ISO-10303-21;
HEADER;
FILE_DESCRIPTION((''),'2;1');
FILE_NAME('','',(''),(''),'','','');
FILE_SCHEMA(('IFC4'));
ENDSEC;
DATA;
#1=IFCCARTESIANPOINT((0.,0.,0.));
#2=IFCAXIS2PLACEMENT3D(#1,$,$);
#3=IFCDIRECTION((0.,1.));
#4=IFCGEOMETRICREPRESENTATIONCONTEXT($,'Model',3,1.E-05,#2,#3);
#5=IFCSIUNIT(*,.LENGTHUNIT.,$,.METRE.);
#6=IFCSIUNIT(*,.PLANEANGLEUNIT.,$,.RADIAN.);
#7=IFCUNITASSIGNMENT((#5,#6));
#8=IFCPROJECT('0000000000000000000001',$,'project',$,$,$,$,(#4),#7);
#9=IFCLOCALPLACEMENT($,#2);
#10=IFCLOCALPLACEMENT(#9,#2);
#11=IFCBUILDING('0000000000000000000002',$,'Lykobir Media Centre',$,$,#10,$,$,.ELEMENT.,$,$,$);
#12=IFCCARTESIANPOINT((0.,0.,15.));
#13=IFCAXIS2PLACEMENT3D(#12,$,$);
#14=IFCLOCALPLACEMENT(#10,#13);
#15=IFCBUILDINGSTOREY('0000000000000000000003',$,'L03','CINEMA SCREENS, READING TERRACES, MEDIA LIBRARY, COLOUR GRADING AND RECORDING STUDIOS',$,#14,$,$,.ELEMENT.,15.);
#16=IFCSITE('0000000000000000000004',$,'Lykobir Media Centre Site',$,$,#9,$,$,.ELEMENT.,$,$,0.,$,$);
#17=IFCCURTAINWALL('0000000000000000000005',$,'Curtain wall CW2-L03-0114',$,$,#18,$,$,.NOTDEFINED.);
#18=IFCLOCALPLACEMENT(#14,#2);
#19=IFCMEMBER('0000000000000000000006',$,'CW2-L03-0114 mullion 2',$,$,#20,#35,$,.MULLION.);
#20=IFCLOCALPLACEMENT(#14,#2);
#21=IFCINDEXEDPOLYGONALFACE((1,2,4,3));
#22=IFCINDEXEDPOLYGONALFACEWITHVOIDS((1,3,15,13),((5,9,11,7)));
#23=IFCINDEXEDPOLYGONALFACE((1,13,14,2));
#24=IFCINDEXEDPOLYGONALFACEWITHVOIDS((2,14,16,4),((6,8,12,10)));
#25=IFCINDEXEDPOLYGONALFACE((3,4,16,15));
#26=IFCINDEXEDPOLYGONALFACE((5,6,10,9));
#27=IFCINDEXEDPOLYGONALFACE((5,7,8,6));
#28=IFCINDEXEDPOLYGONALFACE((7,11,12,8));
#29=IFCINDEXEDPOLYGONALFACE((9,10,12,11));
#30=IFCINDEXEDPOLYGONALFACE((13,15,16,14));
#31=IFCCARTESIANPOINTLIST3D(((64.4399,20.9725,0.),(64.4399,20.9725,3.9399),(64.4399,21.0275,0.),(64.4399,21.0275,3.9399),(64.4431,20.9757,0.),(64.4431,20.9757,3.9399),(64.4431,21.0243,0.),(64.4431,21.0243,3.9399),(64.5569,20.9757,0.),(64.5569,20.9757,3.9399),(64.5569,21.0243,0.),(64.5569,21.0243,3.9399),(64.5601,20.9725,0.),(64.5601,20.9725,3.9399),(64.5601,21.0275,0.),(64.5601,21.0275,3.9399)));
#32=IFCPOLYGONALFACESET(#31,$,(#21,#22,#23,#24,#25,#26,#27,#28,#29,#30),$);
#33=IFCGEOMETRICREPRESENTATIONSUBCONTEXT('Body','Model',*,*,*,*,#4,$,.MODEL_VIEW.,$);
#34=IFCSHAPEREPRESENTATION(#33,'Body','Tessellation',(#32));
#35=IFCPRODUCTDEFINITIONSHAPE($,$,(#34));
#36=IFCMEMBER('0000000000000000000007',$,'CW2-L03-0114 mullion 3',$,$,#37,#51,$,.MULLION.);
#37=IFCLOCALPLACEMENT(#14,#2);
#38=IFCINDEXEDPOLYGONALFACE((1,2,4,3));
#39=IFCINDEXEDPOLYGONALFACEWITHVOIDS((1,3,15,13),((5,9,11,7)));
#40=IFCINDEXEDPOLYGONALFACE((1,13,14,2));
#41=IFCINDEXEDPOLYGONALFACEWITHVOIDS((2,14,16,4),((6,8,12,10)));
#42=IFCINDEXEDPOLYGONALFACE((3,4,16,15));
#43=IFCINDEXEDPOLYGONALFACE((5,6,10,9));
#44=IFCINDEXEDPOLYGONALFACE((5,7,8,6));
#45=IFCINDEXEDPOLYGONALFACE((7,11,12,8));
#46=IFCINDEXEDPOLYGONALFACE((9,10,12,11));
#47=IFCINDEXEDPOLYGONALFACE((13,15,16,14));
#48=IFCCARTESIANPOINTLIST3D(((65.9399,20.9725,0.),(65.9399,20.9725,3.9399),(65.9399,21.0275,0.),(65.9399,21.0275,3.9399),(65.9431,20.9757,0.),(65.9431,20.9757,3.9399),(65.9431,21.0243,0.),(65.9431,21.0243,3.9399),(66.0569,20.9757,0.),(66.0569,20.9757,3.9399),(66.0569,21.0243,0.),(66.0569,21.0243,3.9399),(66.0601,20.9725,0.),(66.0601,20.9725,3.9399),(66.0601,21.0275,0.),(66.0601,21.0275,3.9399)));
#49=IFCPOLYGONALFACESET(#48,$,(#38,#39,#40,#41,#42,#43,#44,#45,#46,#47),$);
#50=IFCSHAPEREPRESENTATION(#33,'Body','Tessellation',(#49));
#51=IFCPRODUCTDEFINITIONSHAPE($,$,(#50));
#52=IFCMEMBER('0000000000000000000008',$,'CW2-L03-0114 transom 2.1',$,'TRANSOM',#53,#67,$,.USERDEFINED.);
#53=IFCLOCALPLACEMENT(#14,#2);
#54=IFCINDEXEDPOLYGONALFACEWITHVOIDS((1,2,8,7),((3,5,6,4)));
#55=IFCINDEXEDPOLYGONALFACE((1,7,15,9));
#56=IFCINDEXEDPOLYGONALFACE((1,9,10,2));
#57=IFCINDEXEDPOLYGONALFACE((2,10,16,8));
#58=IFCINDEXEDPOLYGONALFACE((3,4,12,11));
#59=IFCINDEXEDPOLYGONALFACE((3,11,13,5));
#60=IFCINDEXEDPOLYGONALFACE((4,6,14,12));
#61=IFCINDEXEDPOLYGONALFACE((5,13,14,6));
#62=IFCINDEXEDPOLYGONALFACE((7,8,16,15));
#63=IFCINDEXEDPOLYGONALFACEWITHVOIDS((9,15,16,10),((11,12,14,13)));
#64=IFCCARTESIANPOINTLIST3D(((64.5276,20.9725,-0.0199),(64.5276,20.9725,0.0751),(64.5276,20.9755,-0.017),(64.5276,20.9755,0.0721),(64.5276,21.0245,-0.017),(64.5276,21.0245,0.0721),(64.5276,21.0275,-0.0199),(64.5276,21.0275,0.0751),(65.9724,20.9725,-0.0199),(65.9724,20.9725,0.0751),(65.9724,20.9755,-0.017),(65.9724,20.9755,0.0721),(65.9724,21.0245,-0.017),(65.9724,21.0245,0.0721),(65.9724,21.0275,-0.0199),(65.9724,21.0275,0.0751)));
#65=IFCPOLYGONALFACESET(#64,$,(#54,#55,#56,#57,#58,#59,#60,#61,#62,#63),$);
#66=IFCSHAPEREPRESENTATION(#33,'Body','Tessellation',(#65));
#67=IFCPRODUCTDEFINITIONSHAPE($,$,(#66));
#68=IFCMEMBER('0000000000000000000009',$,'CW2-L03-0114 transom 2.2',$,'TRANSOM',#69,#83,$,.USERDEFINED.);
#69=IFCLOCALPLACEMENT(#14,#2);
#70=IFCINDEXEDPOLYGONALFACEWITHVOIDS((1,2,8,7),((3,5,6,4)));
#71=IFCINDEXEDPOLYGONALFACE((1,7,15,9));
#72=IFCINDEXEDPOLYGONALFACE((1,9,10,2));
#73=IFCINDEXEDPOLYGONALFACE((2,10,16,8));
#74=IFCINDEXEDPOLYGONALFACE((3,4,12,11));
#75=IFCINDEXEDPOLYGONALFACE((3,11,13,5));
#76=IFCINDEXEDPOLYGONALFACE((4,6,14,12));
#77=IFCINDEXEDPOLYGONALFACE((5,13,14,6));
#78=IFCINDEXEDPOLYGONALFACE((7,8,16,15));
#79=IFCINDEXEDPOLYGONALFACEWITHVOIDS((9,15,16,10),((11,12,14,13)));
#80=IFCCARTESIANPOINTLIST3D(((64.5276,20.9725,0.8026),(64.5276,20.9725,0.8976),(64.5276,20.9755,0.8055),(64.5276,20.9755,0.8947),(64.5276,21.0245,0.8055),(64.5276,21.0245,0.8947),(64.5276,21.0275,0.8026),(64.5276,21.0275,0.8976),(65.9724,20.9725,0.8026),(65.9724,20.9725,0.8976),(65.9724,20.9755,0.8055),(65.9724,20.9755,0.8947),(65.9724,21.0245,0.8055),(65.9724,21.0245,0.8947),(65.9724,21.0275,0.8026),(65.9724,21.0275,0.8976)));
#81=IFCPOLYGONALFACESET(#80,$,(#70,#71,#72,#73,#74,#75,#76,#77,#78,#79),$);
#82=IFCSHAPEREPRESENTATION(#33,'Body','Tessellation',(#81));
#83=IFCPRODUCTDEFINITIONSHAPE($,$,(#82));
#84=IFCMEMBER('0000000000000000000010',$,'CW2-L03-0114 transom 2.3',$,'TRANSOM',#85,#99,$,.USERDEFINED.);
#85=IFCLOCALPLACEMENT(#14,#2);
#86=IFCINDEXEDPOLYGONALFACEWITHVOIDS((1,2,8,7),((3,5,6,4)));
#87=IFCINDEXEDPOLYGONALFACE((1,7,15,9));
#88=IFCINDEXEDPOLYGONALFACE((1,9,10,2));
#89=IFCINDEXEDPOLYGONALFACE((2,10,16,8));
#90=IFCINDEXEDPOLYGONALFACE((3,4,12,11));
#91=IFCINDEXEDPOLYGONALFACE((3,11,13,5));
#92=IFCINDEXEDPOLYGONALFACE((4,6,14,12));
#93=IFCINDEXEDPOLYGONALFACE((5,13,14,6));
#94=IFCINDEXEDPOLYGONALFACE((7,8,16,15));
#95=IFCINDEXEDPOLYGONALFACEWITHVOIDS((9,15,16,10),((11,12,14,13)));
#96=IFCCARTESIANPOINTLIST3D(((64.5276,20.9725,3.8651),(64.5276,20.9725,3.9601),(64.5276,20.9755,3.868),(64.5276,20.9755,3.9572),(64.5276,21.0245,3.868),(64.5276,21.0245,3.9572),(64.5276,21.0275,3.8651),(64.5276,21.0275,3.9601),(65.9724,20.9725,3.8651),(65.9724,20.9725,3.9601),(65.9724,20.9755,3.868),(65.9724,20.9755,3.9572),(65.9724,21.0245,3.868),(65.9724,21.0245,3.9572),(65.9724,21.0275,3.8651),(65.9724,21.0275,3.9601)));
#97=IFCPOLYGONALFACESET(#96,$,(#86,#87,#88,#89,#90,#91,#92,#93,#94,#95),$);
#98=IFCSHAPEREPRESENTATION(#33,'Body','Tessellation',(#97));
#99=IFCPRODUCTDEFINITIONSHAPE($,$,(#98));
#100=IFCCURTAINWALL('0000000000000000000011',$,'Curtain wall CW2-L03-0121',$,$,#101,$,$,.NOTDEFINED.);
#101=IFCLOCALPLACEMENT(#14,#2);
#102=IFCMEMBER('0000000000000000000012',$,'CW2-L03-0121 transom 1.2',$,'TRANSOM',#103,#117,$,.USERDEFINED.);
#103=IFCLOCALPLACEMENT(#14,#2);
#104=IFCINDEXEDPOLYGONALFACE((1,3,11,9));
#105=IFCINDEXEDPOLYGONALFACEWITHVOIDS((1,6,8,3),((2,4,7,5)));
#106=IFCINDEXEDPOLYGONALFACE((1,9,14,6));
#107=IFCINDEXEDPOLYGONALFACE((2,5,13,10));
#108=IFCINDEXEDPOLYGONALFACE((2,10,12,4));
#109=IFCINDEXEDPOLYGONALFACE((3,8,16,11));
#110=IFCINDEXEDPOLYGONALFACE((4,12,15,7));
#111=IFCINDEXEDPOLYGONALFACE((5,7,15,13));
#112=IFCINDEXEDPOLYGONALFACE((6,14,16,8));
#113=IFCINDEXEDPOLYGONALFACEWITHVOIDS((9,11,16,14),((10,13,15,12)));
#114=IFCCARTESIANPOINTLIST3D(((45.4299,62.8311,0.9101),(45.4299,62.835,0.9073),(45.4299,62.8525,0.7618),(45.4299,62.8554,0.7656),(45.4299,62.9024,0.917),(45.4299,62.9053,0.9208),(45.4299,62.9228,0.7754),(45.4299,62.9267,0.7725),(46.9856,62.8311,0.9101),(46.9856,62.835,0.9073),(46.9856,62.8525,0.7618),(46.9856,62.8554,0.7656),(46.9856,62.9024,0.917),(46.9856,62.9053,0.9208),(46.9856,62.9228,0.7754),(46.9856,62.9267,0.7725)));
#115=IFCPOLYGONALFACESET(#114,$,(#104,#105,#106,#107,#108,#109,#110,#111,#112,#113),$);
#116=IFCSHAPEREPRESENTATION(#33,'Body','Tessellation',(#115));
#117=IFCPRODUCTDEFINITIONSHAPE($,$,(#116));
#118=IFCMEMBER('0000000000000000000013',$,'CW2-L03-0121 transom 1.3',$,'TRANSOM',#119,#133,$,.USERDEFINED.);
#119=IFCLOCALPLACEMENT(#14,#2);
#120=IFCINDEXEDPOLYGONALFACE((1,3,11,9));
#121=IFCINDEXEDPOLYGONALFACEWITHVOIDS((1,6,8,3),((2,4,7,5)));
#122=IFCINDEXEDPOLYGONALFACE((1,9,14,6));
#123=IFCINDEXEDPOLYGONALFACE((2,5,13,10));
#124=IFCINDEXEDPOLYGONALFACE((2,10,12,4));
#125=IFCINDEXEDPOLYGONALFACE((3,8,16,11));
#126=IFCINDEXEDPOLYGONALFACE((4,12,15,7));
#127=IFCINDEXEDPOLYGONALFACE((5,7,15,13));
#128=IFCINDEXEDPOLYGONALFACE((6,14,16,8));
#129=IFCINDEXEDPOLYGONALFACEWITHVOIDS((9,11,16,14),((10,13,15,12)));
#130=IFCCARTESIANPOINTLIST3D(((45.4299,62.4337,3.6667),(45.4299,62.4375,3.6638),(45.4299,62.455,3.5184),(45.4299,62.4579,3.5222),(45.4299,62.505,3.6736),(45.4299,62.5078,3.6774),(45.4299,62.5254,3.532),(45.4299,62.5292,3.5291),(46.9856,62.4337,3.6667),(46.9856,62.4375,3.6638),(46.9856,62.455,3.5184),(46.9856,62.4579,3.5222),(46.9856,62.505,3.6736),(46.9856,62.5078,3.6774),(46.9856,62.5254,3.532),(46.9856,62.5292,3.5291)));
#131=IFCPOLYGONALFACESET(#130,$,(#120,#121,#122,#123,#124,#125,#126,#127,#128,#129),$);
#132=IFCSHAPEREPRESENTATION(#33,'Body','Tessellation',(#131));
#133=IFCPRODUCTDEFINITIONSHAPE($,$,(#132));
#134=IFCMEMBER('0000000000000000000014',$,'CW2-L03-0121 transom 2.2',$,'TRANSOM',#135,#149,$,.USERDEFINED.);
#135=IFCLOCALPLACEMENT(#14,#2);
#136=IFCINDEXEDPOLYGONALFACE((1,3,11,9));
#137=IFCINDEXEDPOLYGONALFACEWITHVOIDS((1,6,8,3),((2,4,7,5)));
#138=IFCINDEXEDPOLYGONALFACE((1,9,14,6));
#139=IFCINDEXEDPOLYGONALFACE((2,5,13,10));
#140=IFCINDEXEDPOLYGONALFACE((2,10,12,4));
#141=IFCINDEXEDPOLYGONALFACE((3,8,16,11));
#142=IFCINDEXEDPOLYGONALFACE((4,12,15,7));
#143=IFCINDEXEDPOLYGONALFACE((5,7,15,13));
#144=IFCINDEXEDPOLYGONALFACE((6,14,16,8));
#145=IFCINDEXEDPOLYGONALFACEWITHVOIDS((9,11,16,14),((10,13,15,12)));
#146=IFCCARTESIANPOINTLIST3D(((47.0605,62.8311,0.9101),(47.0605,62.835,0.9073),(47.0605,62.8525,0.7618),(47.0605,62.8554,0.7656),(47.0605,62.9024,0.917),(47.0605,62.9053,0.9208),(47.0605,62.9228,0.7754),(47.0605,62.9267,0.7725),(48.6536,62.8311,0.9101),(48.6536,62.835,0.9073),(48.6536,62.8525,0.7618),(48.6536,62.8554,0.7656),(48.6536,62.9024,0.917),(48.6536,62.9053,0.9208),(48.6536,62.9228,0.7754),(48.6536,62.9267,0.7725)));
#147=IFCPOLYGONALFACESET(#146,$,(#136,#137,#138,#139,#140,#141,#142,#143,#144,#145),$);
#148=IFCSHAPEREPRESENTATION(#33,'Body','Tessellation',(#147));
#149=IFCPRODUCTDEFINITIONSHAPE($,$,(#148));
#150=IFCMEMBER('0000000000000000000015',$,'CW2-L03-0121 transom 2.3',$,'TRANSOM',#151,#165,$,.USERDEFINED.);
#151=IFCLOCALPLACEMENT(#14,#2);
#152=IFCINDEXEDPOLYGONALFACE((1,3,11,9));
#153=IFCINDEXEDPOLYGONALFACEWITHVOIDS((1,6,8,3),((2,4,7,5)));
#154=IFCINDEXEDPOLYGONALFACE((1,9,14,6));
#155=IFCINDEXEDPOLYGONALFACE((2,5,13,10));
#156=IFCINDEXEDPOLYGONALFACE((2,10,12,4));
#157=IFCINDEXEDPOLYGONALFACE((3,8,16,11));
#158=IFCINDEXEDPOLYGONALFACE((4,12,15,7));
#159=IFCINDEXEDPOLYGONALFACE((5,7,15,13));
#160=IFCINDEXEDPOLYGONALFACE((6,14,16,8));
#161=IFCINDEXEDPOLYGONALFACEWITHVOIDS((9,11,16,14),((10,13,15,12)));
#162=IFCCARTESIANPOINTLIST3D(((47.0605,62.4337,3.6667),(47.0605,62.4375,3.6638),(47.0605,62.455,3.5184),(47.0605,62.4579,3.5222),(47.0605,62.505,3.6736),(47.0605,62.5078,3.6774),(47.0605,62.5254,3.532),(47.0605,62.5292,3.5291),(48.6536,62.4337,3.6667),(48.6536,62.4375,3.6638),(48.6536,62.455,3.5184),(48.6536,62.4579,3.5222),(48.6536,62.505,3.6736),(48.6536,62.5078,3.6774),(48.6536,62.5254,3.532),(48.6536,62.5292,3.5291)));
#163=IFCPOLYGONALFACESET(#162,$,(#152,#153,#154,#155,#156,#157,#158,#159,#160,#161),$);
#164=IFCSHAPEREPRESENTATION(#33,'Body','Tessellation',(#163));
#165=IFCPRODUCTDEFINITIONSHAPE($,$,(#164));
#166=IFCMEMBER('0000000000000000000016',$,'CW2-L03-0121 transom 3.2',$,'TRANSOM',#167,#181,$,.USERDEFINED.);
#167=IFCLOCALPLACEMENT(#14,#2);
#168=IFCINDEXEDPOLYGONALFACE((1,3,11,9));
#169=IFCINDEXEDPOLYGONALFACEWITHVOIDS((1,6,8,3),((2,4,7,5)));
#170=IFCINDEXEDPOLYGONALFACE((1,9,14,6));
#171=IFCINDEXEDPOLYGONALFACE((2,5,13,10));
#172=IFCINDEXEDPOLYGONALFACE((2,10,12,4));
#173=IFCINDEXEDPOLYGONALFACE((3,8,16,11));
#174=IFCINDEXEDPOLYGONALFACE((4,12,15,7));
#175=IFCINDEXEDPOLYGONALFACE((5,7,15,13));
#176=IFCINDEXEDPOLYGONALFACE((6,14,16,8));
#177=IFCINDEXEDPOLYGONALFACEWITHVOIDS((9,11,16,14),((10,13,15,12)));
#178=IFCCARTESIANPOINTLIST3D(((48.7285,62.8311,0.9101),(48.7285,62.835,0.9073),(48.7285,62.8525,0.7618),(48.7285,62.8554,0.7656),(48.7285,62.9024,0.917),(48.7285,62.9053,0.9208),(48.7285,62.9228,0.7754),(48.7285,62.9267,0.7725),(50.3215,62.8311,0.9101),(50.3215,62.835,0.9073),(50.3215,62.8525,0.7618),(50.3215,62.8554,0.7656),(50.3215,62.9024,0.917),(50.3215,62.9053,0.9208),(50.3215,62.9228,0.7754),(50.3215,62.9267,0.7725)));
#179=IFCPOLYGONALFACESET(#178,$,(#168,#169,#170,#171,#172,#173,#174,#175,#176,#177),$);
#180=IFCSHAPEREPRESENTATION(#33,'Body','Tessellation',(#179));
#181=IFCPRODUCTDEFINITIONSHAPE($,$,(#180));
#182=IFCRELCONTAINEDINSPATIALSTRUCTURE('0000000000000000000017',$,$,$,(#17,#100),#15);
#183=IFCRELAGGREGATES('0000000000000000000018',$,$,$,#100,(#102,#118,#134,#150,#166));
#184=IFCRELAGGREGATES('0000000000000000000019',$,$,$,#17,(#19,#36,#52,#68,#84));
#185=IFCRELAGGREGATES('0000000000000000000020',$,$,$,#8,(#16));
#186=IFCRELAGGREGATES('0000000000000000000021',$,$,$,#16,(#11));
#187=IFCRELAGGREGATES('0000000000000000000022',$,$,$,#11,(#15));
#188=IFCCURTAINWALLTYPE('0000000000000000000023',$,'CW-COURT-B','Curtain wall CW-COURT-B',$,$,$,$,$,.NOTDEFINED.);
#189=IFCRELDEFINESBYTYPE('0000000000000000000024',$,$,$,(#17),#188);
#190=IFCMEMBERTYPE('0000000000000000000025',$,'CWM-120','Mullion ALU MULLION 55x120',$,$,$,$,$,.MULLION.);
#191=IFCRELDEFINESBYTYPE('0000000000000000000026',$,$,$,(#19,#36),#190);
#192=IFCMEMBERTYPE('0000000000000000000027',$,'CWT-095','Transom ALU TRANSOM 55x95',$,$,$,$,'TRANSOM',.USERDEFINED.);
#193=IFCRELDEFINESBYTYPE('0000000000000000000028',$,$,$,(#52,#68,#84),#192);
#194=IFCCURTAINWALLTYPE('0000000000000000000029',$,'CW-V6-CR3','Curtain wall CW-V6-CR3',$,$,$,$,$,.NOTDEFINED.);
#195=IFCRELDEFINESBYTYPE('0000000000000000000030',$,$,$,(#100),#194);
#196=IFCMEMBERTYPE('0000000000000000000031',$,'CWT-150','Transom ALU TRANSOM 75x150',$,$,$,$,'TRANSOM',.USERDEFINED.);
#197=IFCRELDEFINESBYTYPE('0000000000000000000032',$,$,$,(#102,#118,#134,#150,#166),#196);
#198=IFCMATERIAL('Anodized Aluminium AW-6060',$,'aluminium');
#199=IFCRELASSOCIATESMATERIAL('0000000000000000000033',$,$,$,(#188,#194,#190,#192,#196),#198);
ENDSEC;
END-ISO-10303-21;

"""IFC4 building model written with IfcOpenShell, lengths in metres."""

from ifc_helpers import new_model, si_unit, direction, frame, origin, origin_2d, place, context, subcontext, project, spatial, hollow_rectangle, extrude, material, material_profile, profile_set, type_object, element, aggregate, save


model = new_model("IFC4")

# Units and contexts
model_context = context("Model", 3, precision=1e-05, world=origin(), true_north=direction((0.0, 1.0)))
body_context = subcontext(model_context, "Body", "Model", "MODEL_VIEW")
ifc_project = project(units=[si_unit("LENGTHUNIT", "METRE"), si_unit("PLANEANGLEUNIT", "RADIAN")], contexts=[model_context])

# Site, building, storey
site_placement = place(None, origin())
site = spatial("IfcSite", under=ifc_project, at=site_placement, Name="Lykobir Media Centre Site", CompositionType="ELEMENT", RefElevation=0.0)
building_placement = place(site_placement, origin())
building = spatial("IfcBuilding", under=site, at=building_placement, Name="Lykobir Media Centre", CompositionType="ELEMENT")
storey_placement = place(building_placement, frame((0.0, 0.0, 15.0)))
storey = spatial("IfcBuildingStorey", under=building, at=storey_placement, Name="L03", Description="CINEMA SCREENS, READING TERRACES, MEDIA LIBRARY, COLOUR GRADING AND RECORDING STUDIOS", CompositionType="ELEMENT", Elevation=15.0)

# Curtain walls, members
ifc_material_1 = material(Name="Anodized Aluminium AW-6060", Category="aluminium")
curtain_wall_type_1 = type_object("IfcCurtainWallType", Name="CW-COURT-B", Description="Curtain wall CW-COURT-B", PredefinedType="NOTDEFINED", material=ifc_material_1)
curtain_wall_1_placement = place(storey_placement, origin())
curtain_wall_1 = element("IfcCurtainWall", 1, at=curtain_wall_1_placement, inside=storey, type_object=curtain_wall_type_1, Name="Curtain wall CW2-L03-0114", PredefinedType="NOTDEFINED")
ifc_material_profile_1 = material_profile(ifc_material_1, hollow_rectangle(XDim=0.0549, YDim=0.1201, WallThickness=0.0032, at=origin_2d()), Name="ALU MULLION 55x120")
ifc_profile_set_1 = profile_set([ifc_material_profile_1], Name="Anodized Aluminium AW-6060")
member_type_1 = type_object("IfcMemberType", Name="CWM-120", Description="Mullion ALU MULLION 55x120", PredefinedType="MULLION", material=ifc_profile_set_1)
member_1_placement = place(storey_placement, frame((64.5, 21.0, 0.0), z_axis=(0.0, 0.0, 1.0), x_axis=(0.0, 1.0, 0.0)))
member_1 = element("IfcMember", 2, at=member_1_placement, type_object=member_type_1, Name="CW2-L03-0114 mullion 2", PredefinedType="MULLION", context=body_context, shape_type="SweptSolid", body=[
    extrude(hollow_rectangle(XDim=0.0549, YDim=0.1201, WallThickness=0.0032, at=origin_2d()), origin(), (0.0, 0.0, 1.0), 3.9399),
])
member_2_placement = place(storey_placement, frame((66.0, 21.0, 0.0), z_axis=(0.0, 0.0, 1.0), x_axis=(0.0, 1.0, 0.0)))
member_2 = element("IfcMember", 3, at=member_2_placement, type_object=member_type_1, Name="CW2-L03-0114 mullion 3", PredefinedType="MULLION", context=body_context, shape_type="SweptSolid", body=[
    extrude(hollow_rectangle(XDim=0.0549, YDim=0.1201, WallThickness=0.0032, at=origin_2d()), origin(), (0.0, 0.0, 1.0), 3.9399),
])
ifc_material_profile_2 = material_profile(ifc_material_1, hollow_rectangle(XDim=0.0549, YDim=0.095, WallThickness=0.0029, at=origin_2d()), Name="ALU TRANSOM 55x95")
ifc_profile_set_2 = profile_set([ifc_material_profile_2], Name="Anodized Aluminium AW-6060")
member_type_2 = type_object("IfcMemberType", Name="CWT-095", Description="Transom ALU TRANSOM 55x95", ElementType="TRANSOM", PredefinedType="USERDEFINED", material=ifc_profile_set_2)
member_3_placement = place(storey_placement, frame((64.5276, 21.0, 0.0276), z_axis=(1.0, 0.0, 0.0), x_axis=(0.0, 1.0, 0.0)))
member_3 = element("IfcMember", 4, at=member_3_placement, type_object=member_type_2, Name="CW2-L03-0114 transom 2.1", ObjectType="TRANSOM", PredefinedType="USERDEFINED", context=body_context, shape_type="SweptSolid", body=[
    extrude(hollow_rectangle(XDim=0.0549, YDim=0.095, WallThickness=0.0029, at=origin_2d()), origin(), (0.0, 0.0, 1.0), 1.4448),
])
member_4_placement = place(storey_placement, frame((64.5276, 21.0, 0.8501), z_axis=(1.0, 0.0, 0.0), x_axis=(0.0, 1.0, 0.0)))
member_4 = element("IfcMember", 5, at=member_4_placement, type_object=member_type_2, Name="CW2-L03-0114 transom 2.2", ObjectType="TRANSOM", PredefinedType="USERDEFINED", context=body_context, shape_type="SweptSolid", body=[
    extrude(hollow_rectangle(XDim=0.0549, YDim=0.095, WallThickness=0.0029, at=origin_2d()), origin(), (0.0, 0.0, 1.0), 1.4448),
])
member_5_placement = place(storey_placement, frame((64.5276, 21.0, 3.9126), z_axis=(1.0, 0.0, 0.0), x_axis=(0.0, 1.0, 0.0)))
member_5 = element("IfcMember", 6, at=member_5_placement, type_object=member_type_2, Name="CW2-L03-0114 transom 2.3", ObjectType="TRANSOM", PredefinedType="USERDEFINED", context=body_context, shape_type="SweptSolid", body=[
    extrude(hollow_rectangle(XDim=0.0549, YDim=0.095, WallThickness=0.0029, at=origin_2d()), origin(), (0.0, 0.0, 1.0), 1.4448),
])
curtain_wall_type_2 = type_object("IfcCurtainWallType", Name="CW-V6-CR3", Description="Curtain wall CW-V6-CR3", PredefinedType="NOTDEFINED", material=ifc_material_1)
curtain_wall_2_placement = place(storey_placement, origin())
curtain_wall_2 = element("IfcCurtainWall", 7, at=curtain_wall_2_placement, inside=storey, type_object=curtain_wall_type_2, Name="Curtain wall CW2-L03-0121", PredefinedType="NOTDEFINED")
ifc_material_profile_3 = material_profile(ifc_material_1, hollow_rectangle(XDim=0.075, YDim=0.1499, WallThickness=0.0034, at=origin_2d()), Name="ALU TRANSOM 75x150")
ifc_profile_set_3 = profile_set([ifc_material_profile_3], Name="Anodized Aluminium AW-6060")
member_type_3 = type_object("IfcMemberType", Name="CWT-150", Description="Transom ALU TRANSOM 75x150", ElementType="TRANSOM", PredefinedType="USERDEFINED", material=ifc_profile_set_3)
member_6_placement = place(storey_placement, frame((45.4299, 62.8789, 0.8413), z_axis=(1.0, 0.0, 0.0), x_axis=(0.0, 0.989776, 0.142629)))
member_6 = element("IfcMember", 8, at=member_6_placement, type_object=member_type_3, Name="CW2-L03-0121 transom 1.2", ObjectType="TRANSOM", PredefinedType="USERDEFINED", context=body_context, shape_type="SweptSolid", body=[
    extrude(hollow_rectangle(XDim=0.075, YDim=0.1499, WallThickness=0.0034, at=origin_2d()), origin(), (0.0, 0.0, 1.0), 1.5557),
])
member_7_placement = place(storey_placement, frame((45.4299, 62.4814, 3.5979), z_axis=(1.0, 0.0, 0.0), x_axis=(0.0, 0.989776, 0.142629)))
member_7 = element("IfcMember", 9, at=member_7_placement, type_object=member_type_3, Name="CW2-L03-0121 transom 1.3", ObjectType="TRANSOM", PredefinedType="USERDEFINED", context=body_context, shape_type="SweptSolid", body=[
    extrude(hollow_rectangle(XDim=0.075, YDim=0.1499, WallThickness=0.0034, at=origin_2d()), origin(), (0.0, 0.0, 1.0), 1.5557),
])
member_8_placement = place(storey_placement, frame((47.0605, 62.8789, 0.8413), z_axis=(1.0, 0.0, 0.0), x_axis=(0.0, 0.989776, 0.142629)))
member_8 = element("IfcMember", 10, at=member_8_placement, type_object=member_type_3, Name="CW2-L03-0121 transom 2.2", ObjectType="TRANSOM", PredefinedType="USERDEFINED", context=body_context, shape_type="SweptSolid", body=[
    extrude(hollow_rectangle(XDim=0.075, YDim=0.1499, WallThickness=0.0034, at=origin_2d()), origin(), (0.0, 0.0, 1.0), 1.593),
])
member_9_placement = place(storey_placement, frame((47.0605, 62.4814, 3.5979), z_axis=(1.0, 0.0, 0.0), x_axis=(0.0, 0.989776, 0.142629)))
member_9 = element("IfcMember", 11, at=member_9_placement, type_object=member_type_3, Name="CW2-L03-0121 transom 2.3", ObjectType="TRANSOM", PredefinedType="USERDEFINED", context=body_context, shape_type="SweptSolid", body=[
    extrude(hollow_rectangle(XDim=0.075, YDim=0.1499, WallThickness=0.0034, at=origin_2d()), origin(), (0.0, 0.0, 1.0), 1.593),
])
member_10_placement = place(storey_placement, frame((48.7285, 62.8789, 0.8413), z_axis=(1.0, 0.0, 0.0), x_axis=(0.0, 0.989776, 0.142629)))
member_10 = element("IfcMember", 12, at=member_10_placement, type_object=member_type_3, Name="CW2-L03-0121 transom 3.2", ObjectType="TRANSOM", PredefinedType="USERDEFINED", context=body_context, shape_type="SweptSolid", body=[
    extrude(hollow_rectangle(XDim=0.075, YDim=0.1499, WallThickness=0.0034, at=origin_2d()), origin(), (0.0, 0.0, 1.0), 1.593),
])

aggregate(curtain_wall_2, [member_6, member_7, member_8, member_9, member_10])
aggregate(curtain_wall_1, [member_1, member_2, member_3, member_4, member_5])

save(model, "model.ifc")
